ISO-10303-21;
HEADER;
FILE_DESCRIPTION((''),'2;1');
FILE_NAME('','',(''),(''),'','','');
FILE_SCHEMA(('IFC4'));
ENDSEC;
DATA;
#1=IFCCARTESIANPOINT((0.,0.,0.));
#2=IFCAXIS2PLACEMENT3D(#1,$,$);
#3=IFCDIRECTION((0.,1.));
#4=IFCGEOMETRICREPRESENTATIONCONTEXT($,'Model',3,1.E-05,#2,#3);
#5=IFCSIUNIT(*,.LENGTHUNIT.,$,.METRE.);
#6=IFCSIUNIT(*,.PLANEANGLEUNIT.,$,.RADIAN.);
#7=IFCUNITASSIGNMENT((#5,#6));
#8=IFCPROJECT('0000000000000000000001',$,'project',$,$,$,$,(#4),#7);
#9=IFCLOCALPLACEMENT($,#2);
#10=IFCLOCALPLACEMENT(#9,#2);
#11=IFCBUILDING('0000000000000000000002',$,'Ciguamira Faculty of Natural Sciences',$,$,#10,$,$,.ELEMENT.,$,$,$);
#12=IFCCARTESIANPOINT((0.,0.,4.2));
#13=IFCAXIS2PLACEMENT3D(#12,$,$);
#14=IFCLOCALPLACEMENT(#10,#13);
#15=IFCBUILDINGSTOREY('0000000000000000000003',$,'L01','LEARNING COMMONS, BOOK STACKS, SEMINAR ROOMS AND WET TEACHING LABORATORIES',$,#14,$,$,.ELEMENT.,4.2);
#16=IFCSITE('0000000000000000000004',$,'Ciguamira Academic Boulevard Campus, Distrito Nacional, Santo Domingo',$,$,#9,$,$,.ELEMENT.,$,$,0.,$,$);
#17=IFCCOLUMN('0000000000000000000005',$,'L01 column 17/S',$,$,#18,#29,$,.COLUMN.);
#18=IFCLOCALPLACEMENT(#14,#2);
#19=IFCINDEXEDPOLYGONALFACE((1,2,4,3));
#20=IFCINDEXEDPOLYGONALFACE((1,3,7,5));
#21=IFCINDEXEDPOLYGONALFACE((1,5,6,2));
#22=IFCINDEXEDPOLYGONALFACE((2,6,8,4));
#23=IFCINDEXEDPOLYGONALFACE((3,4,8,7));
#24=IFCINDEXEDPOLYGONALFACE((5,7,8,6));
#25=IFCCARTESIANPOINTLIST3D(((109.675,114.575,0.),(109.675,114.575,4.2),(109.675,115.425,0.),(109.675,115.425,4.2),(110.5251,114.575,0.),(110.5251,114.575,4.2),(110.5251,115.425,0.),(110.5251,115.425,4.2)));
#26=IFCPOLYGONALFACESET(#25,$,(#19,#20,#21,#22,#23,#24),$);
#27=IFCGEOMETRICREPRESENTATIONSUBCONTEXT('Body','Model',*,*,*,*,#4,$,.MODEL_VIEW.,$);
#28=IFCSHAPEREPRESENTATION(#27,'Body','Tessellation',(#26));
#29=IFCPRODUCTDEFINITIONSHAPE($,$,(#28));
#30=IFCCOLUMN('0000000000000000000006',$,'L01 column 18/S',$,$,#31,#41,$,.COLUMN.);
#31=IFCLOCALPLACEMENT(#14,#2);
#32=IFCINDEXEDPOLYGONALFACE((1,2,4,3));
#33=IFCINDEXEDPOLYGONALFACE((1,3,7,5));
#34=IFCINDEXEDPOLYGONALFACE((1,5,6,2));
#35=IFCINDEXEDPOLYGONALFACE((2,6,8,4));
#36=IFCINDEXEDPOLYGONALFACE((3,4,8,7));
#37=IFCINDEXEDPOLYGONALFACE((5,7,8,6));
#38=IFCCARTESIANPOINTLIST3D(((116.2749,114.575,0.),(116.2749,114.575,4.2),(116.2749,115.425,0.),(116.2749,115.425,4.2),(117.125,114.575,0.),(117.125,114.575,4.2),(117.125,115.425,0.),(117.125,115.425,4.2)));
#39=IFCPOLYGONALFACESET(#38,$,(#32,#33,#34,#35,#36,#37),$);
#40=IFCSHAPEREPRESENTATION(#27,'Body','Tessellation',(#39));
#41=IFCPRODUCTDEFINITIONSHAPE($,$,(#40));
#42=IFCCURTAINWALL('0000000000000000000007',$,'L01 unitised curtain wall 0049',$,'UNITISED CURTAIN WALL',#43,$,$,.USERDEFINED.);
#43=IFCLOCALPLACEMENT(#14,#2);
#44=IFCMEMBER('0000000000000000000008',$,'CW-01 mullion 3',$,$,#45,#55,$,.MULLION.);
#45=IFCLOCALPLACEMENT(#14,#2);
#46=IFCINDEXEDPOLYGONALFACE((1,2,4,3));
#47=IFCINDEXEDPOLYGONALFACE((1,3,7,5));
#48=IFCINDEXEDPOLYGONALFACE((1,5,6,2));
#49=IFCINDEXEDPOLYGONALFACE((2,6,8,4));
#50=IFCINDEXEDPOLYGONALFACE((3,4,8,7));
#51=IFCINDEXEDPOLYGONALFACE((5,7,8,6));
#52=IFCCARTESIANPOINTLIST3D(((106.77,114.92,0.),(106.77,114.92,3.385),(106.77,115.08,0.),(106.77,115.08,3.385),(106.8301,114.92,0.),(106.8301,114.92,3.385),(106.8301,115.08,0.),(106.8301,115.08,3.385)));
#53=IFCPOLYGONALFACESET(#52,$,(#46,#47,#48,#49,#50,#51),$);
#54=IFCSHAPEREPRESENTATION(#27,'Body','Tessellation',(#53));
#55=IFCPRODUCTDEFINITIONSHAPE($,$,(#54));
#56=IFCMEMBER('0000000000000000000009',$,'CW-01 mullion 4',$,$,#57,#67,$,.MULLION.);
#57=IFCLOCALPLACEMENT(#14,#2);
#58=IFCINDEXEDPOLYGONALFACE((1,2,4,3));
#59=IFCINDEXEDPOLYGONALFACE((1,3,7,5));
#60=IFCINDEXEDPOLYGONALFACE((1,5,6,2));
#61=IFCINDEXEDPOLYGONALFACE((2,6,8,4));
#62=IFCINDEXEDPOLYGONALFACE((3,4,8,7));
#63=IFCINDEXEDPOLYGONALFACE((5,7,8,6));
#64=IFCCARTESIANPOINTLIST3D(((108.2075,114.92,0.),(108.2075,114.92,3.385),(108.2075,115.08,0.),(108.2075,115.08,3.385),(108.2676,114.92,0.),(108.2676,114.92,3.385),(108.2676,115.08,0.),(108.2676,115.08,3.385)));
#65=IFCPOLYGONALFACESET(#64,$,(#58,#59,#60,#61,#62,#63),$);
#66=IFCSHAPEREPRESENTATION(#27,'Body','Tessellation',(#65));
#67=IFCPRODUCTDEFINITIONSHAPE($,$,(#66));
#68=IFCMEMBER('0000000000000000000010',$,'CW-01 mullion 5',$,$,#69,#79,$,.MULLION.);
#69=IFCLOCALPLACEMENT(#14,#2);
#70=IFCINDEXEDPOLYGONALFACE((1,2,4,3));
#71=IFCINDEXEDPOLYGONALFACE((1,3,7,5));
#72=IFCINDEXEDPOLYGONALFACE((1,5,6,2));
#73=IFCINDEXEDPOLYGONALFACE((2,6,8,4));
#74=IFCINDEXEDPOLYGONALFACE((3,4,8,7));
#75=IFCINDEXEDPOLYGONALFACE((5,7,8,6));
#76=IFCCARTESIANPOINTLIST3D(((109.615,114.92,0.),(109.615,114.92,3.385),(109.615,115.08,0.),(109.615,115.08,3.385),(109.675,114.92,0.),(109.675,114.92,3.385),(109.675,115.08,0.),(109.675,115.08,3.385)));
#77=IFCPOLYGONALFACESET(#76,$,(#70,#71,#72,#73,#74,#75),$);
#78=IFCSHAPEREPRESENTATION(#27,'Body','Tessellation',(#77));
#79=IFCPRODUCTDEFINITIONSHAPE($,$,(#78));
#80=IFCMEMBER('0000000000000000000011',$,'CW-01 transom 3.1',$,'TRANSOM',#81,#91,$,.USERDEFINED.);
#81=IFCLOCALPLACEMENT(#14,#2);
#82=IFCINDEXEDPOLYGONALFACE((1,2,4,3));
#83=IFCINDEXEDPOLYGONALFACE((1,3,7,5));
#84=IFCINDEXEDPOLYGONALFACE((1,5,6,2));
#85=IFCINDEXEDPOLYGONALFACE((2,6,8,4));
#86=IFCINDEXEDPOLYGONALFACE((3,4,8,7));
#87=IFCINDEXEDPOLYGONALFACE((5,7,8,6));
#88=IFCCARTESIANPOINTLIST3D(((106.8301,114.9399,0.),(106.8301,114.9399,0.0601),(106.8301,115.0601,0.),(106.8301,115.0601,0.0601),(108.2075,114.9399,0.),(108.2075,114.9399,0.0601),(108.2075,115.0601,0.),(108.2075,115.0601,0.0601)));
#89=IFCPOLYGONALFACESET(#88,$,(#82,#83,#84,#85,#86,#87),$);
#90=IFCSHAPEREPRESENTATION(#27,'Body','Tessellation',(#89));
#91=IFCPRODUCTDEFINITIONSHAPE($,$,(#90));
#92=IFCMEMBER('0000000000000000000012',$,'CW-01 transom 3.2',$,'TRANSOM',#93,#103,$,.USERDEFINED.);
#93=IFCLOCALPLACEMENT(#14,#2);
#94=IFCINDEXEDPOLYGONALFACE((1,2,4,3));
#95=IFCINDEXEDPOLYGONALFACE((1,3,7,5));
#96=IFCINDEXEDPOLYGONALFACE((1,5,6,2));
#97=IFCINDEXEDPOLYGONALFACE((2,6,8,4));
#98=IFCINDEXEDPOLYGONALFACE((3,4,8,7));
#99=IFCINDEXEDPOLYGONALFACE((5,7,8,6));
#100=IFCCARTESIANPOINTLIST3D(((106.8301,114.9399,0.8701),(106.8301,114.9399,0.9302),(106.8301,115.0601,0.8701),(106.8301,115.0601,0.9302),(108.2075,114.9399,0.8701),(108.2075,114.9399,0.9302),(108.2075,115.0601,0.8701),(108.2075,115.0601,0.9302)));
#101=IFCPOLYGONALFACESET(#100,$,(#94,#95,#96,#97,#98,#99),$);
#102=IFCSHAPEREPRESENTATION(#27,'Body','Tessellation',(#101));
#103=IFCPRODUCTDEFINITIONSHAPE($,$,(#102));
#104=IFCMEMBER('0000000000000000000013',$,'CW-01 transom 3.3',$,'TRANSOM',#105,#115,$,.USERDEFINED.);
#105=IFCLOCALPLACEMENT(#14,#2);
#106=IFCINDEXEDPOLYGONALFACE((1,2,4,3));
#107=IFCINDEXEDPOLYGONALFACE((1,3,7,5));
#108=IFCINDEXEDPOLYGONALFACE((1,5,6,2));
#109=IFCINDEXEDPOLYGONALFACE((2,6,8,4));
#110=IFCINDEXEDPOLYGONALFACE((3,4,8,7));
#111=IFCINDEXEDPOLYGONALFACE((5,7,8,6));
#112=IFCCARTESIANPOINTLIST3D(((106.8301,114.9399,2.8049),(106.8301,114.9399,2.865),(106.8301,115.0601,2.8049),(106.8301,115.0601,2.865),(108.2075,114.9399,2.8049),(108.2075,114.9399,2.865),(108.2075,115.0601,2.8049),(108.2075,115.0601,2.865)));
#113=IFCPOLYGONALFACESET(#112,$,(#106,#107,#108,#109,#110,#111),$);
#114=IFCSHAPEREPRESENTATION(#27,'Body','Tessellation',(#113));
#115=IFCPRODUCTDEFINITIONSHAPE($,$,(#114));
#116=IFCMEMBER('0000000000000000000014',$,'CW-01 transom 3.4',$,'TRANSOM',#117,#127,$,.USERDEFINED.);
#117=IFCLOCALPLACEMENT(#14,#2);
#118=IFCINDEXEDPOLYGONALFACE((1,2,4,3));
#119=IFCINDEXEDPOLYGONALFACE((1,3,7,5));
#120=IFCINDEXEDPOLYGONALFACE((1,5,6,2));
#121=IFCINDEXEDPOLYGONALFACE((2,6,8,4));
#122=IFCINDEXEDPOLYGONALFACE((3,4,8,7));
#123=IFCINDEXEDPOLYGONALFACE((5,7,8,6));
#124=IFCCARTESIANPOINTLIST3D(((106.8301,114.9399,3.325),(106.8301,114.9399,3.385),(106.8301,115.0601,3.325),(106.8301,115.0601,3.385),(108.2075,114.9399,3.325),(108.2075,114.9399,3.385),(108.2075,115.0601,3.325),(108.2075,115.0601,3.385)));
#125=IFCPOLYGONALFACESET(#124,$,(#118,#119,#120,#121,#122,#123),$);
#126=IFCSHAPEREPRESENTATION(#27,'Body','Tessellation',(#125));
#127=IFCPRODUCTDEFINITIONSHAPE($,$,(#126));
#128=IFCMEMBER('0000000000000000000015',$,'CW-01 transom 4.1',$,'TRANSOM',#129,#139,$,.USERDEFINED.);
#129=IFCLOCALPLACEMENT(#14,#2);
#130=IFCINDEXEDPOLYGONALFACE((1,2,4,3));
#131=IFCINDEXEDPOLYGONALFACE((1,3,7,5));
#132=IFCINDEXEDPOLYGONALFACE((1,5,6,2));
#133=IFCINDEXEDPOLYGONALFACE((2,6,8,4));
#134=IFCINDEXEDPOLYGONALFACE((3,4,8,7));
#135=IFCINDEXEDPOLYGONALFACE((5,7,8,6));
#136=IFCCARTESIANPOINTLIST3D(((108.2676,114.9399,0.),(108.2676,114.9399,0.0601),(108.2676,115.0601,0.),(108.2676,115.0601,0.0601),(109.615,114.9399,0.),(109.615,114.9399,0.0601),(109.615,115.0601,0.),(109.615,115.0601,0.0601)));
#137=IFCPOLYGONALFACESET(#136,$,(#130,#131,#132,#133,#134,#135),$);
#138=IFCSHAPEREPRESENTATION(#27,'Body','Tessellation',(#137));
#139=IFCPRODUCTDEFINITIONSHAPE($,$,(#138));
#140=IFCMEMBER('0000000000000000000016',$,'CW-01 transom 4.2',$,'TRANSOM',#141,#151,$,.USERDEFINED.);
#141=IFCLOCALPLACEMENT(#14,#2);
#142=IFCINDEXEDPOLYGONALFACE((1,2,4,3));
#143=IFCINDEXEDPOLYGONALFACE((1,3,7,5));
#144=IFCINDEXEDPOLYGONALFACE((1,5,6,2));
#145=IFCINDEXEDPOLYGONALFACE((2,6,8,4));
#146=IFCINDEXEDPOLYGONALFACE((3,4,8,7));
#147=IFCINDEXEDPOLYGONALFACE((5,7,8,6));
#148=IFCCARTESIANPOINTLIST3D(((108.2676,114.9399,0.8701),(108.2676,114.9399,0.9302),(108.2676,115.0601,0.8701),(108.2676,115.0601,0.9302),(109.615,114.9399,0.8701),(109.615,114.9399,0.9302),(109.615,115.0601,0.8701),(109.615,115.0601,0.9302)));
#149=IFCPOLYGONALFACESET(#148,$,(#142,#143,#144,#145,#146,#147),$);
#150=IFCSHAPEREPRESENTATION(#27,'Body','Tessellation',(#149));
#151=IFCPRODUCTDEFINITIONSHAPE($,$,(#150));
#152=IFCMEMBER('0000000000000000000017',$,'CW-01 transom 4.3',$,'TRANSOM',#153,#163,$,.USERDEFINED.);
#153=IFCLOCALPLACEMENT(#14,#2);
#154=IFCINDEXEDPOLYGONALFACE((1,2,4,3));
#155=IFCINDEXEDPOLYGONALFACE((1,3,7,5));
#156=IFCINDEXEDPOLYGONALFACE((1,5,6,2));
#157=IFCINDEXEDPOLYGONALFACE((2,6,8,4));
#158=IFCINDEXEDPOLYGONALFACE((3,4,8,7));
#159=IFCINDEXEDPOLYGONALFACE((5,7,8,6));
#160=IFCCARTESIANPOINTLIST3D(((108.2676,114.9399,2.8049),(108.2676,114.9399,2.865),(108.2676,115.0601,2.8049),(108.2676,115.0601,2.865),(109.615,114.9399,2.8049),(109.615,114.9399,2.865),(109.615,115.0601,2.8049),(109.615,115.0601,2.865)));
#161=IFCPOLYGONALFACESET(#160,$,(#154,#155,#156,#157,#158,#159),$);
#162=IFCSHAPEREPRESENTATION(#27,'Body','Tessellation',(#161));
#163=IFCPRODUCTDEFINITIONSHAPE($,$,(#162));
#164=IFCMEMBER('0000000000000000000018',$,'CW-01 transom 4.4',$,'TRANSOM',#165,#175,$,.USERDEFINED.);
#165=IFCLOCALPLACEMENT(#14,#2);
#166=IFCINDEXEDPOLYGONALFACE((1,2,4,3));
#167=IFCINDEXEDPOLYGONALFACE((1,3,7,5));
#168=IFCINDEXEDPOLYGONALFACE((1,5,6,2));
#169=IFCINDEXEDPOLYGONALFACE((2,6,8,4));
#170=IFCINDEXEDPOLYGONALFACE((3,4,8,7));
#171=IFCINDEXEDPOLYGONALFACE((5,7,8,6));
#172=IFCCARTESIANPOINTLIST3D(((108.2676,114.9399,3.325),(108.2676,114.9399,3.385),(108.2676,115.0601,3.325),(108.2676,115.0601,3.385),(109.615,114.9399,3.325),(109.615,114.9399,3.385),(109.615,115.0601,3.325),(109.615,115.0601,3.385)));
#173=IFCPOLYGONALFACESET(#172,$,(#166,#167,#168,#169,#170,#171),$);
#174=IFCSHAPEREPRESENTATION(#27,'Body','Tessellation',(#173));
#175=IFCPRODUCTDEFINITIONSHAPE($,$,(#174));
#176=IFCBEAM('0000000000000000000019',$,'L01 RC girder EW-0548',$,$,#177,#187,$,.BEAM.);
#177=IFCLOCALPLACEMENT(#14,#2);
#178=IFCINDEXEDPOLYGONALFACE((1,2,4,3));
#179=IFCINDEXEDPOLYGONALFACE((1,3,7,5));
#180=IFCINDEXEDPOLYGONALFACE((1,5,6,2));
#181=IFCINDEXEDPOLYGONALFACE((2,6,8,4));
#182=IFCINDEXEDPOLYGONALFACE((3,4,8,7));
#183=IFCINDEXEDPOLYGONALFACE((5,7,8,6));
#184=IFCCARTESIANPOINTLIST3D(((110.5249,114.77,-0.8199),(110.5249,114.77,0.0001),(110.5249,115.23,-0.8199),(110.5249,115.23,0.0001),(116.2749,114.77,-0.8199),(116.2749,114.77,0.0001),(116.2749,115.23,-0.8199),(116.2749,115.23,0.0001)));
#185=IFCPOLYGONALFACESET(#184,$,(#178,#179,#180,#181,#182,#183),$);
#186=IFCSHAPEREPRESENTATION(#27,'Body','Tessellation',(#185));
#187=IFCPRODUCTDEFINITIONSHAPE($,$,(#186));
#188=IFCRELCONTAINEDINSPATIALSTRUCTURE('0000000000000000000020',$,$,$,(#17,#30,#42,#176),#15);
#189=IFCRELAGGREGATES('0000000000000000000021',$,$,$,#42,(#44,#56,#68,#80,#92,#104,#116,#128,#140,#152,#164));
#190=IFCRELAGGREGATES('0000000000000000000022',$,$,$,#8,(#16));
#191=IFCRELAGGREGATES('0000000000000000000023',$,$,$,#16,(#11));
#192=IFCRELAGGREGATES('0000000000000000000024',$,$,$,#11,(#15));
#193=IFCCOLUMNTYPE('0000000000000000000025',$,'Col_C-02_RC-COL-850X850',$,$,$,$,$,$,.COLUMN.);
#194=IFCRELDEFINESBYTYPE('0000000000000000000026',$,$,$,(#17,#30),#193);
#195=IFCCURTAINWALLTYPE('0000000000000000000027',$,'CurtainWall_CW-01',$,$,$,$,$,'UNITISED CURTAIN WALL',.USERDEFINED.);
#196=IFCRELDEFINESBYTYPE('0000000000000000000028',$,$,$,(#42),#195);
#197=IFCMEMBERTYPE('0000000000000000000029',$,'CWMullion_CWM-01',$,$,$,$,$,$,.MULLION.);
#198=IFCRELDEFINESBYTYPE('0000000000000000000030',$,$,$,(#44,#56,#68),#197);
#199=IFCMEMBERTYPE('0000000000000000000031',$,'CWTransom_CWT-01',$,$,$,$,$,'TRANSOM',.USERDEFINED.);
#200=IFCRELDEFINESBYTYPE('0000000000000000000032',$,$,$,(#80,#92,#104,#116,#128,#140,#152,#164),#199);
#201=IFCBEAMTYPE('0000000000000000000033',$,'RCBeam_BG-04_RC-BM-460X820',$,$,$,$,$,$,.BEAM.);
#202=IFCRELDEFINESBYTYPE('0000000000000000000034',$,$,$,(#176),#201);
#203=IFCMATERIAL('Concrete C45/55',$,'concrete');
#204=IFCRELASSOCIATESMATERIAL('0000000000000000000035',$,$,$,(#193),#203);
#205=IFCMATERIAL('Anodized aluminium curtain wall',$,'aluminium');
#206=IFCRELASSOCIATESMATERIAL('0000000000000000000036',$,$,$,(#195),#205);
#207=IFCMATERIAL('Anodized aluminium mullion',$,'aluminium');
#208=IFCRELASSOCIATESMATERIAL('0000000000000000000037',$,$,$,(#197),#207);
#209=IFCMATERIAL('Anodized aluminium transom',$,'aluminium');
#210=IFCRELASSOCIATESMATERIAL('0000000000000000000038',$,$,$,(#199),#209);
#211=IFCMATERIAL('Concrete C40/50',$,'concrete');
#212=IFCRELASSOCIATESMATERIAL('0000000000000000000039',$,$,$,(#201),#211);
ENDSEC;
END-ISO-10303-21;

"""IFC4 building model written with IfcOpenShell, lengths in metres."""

from ifc_helpers import new_model, si_unit, direction, frame, origin, origin_2d, place, context, subcontext, project, spatial, rectangle, extrude, material, material_profile, profile_set, type_object, element, aggregate, save


model = new_model("IFC4")

# Units and contexts
model_context = context("Model", 3, precision=1e-05, world=origin(), true_north=direction((0.0, 1.0)))
body_context = subcontext(model_context, "Body", "Model", "MODEL_VIEW")
ifc_project = project(units=[si_unit("LENGTHUNIT", "METRE"), si_unit("PLANEANGLEUNIT", "RADIAN")], contexts=[model_context])

# Site, building, storey
site_placement = place(None, origin())
site = spatial("IfcSite", under=ifc_project, at=site_placement, Name="Ciguamira Academic Boulevard Campus, Distrito Nacional, Santo Domingo", CompositionType="ELEMENT", RefElevation=0.0)
building_placement = place(site_placement, origin())
building = spatial("IfcBuilding", under=site, at=building_placement, Name="Ciguamira Faculty of Natural Sciences", CompositionType="ELEMENT")
storey_placement = place(building_placement, frame((0.0, 0.0, 4.2)))
storey = spatial("IfcBuildingStorey", under=building, at=storey_placement, Name="L01", Description="LEARNING COMMONS, BOOK STACKS, SEMINAR ROOMS AND WET TEACHING LABORATORIES", CompositionType="ELEMENT", Elevation=4.2)

# Columns
ifc_material_1 = material(Name="Concrete C45/55", Category="concrete")
ifc_material_profile_1 = material_profile(ifc_material_1, rectangle(XDim=0.8501, YDim=0.8501, at=origin_2d()), Name="RC-COL-850X850")
ifc_profile_set_1 = profile_set([ifc_material_profile_1], Name="Concrete C45/55")
column_type = type_object("IfcColumnType", Name="Col_C-02_RC-COL-850X850", PredefinedType="COLUMN", material=ifc_profile_set_1)
for number, where, z_axis, x_axis, name in (
    (1, (110.1001, 115.0, 0.0), (0.0, 0.0, 1.0), (1.0, 0.0, 0.0), "L01 column 17/S"),
    (2, (116.7, 115.0, 0.0), (0.0, 0.0, 1.0), (1.0, 0.0, 0.0), "L01 column 18/S"),
):
    element("IfcColumn", number, at=place(storey_placement, frame(where, z_axis=z_axis, x_axis=x_axis)), inside=storey, type_object=column_type, Name=name, PredefinedType="COLUMN", context=body_context, shape_type="SweptSolid", body=[
        extrude(rectangle(XDim=0.8501, YDim=0.8501, at=origin_2d()), origin(), (0.0, 0.0, 1.0), 4.2),
    ])

# Curtain wall, members
ifc_material_2 = material(Name="Anodized aluminium curtain wall", Category="aluminium")
curtain_wall_type = type_object("IfcCurtainWallType", Name="CurtainWall_CW-01", ElementType="UNITISED CURTAIN WALL", PredefinedType="USERDEFINED", material=ifc_material_2)
curtain_wall_placement = place(storey_placement, origin())
curtain_wall = element("IfcCurtainWall", 3, at=curtain_wall_placement, inside=storey, type_object=curtain_wall_type, Name="L01 unitised curtain wall 0049", ObjectType="UNITISED CURTAIN WALL", PredefinedType="USERDEFINED")
ifc_material_3 = material(Name="Anodized aluminium mullion", Category="aluminium")
ifc_material_profile_2 = material_profile(ifc_material_3, rectangle(XDim=0.0601, YDim=0.1599, at=origin_2d()), Name="ALU-MUL-60X160")
ifc_profile_set_2 = profile_set([ifc_material_profile_2], Name="Anodized aluminium mullion")
member_type_1 = type_object("IfcMemberType", Name="CWMullion_CWM-01", PredefinedType="MULLION", material=ifc_profile_set_2)
member_1_placement = place(storey_placement, frame((106.8, 115.0, 0.0), z_axis=(0.0, 0.0, 1.0), x_axis=(1.0, 0.0, 0.0)))
member_1 = element("IfcMember", 4, at=member_1_placement, type_object=member_type_1, Name="CW-01 mullion 3", PredefinedType="MULLION", context=body_context, shape_type="SweptSolid", body=[
    extrude(rectangle(XDim=0.0601, YDim=0.1599, at=origin_2d()), origin(), (0.0, 0.0, 1.0), 3.385),
])
member_2_placement = place(storey_placement, frame((108.2375, 115.0, 0.0), z_axis=(0.0, 0.0, 1.0), x_axis=(1.0, 0.0, 0.0)))
member_2 = element("IfcMember", 5, at=member_2_placement, type_object=member_type_1, Name="CW-01 mullion 4", PredefinedType="MULLION", context=body_context, shape_type="SweptSolid", body=[
    extrude(rectangle(XDim=0.0601, YDim=0.1599, at=origin_2d()), origin(), (0.0, 0.0, 1.0), 3.385),
])
member_3_placement = place(storey_placement, frame((109.645, 115.0, 0.0), z_axis=(0.0, 0.0, 1.0), x_axis=(1.0, 0.0, 0.0)))
member_3 = element("IfcMember", 6, at=member_3_placement, type_object=member_type_1, Name="CW-01 mullion 5", PredefinedType="MULLION", context=body_context, shape_type="SweptSolid", body=[
    extrude(rectangle(XDim=0.0601, YDim=0.1599, at=origin_2d()), origin(), (0.0, 0.0, 1.0), 3.385),
])
ifc_material_4 = material(Name="Anodized aluminium transom", Category="aluminium")
ifc_material_profile_3 = material_profile(ifc_material_4, rectangle(XDim=0.0601, YDim=0.1201, at=origin_2d()), Name="ALU-TRN-60X120")
ifc_profile_set_3 = profile_set([ifc_material_profile_3], Name="Anodized aluminium transom")
member_type_2 = type_object("IfcMemberType", Name="CWTransom_CWT-01", ElementType="TRANSOM", PredefinedType="USERDEFINED", material=ifc_profile_set_3)
member_4_placement = place(storey_placement, frame((106.8301, 115.0, 0.03), z_axis=(1.0, 0.0, 0.0), x_axis=(0.0, 0.0, 1.0)))
member_4 = element("IfcMember", 7, at=member_4_placement, type_object=member_type_2, Name="CW-01 transom 3.1", ObjectType="TRANSOM", PredefinedType="USERDEFINED", context=body_context, shape_type="SweptSolid", body=[
    extrude(rectangle(XDim=0.0601, YDim=0.1201, at=origin_2d()), origin(), (0.0, 0.0, 1.0), 1.3774),
])
member_5_placement = place(storey_placement, frame((106.8301, 115.0, 0.9001), z_axis=(1.0, 0.0, 0.0), x_axis=(0.0, 0.0, 1.0)))
member_5 = element("IfcMember", 8, at=member_5_placement, type_object=member_type_2, Name="CW-01 transom 3.2", ObjectType="TRANSOM", PredefinedType="USERDEFINED", context=body_context, shape_type="SweptSolid", body=[
    extrude(rectangle(XDim=0.0601, YDim=0.1201, at=origin_2d()), origin(), (0.0, 0.0, 1.0), 1.3774),
])
member_6_placement = place(storey_placement, frame((106.8301, 115.0, 2.835), z_axis=(1.0, 0.0, 0.0), x_axis=(0.0, 0.0, 1.0)))
member_6 = element("IfcMember", 9, at=member_6_placement, type_object=member_type_2, Name="CW-01 transom 3.3", ObjectType="TRANSOM", PredefinedType="USERDEFINED", context=body_context, shape_type="SweptSolid", body=[
    extrude(rectangle(XDim=0.0601, YDim=0.1201, at=origin_2d()), origin(), (0.0, 0.0, 1.0), 1.3774),
])
member_7_placement = place(storey_placement, frame((106.8301, 115.0, 3.355), z_axis=(1.0, 0.0, 0.0), x_axis=(0.0, 0.0, 1.0)))
member_7 = element("IfcMember", 10, at=member_7_placement, type_object=member_type_2, Name="CW-01 transom 3.4", ObjectType="TRANSOM", PredefinedType="USERDEFINED", context=body_context, shape_type="SweptSolid", body=[
    extrude(rectangle(XDim=0.0601, YDim=0.1201, at=origin_2d()), origin(), (0.0, 0.0, 1.0), 1.3774),
])
member_8_placement = place(storey_placement, frame((108.2676, 115.0, 0.03), z_axis=(1.0, 0.0, 0.0), x_axis=(0.0, 0.0, 1.0)))
member_8 = element("IfcMember", 11, at=member_8_placement, type_object=member_type_2, Name="CW-01 transom 4.1", ObjectType="TRANSOM", PredefinedType="USERDEFINED", context=body_context, shape_type="SweptSolid", body=[
    extrude(rectangle(XDim=0.0601, YDim=0.1201, at=origin_2d()), origin(), (0.0, 0.0, 1.0), 1.3474),
])
member_9_placement = place(storey_placement, frame((108.2676, 115.0, 0.9001), z_axis=(1.0, 0.0, 0.0), x_axis=(0.0, 0.0, 1.0)))
member_9 = element("IfcMember", 12, at=member_9_placement, type_object=member_type_2, Name="CW-01 transom 4.2", ObjectType="TRANSOM", PredefinedType="USERDEFINED", context=body_context, shape_type="SweptSolid", body=[
    extrude(rectangle(XDim=0.0601, YDim=0.1201, at=origin_2d()), origin(), (0.0, 0.0, 1.0), 1.3474),
])
member_10_placement = place(storey_placement, frame((108.2676, 115.0, 2.835), z_axis=(1.0, 0.0, 0.0), x_axis=(0.0, 0.0, 1.0)))
member_10 = element("IfcMember", 13, at=member_10_placement, type_object=member_type_2, Name="CW-01 transom 4.3", ObjectType="TRANSOM", PredefinedType="USERDEFINED", context=body_context, shape_type="SweptSolid", body=[
    extrude(rectangle(XDim=0.0601, YDim=0.1201, at=origin_2d()), origin(), (0.0, 0.0, 1.0), 1.3474),
])
member_11_placement = place(storey_placement, frame((108.2676, 115.0, 3.355), z_axis=(1.0, 0.0, 0.0), x_axis=(0.0, 0.0, 1.0)))
member_11 = element("IfcMember", 14, at=member_11_placement, type_object=member_type_2, Name="CW-01 transom 4.4", ObjectType="TRANSOM", PredefinedType="USERDEFINED", context=body_context, shape_type="SweptSolid", body=[
    extrude(rectangle(XDim=0.0601, YDim=0.1201, at=origin_2d()), origin(), (0.0, 0.0, 1.0), 1.3474),
])

# Beam
ifc_material_5 = material(Name="Concrete C40/50", Category="concrete")
ifc_material_profile_4 = material_profile(ifc_material_5, rectangle(XDim=0.46, YDim=0.8201, at=origin_2d()), Name="RC-BM-460X820")
ifc_profile_set_4 = profile_set([ifc_material_profile_4], Name="Concrete C40/50")
beam_type = type_object("IfcBeamType", Name="RCBeam_BG-04_RC-BM-460X820", PredefinedType="BEAM", material=ifc_profile_set_4)
beam_placement = place(storey_placement, frame((110.5249, 115.0, -0.4099), z_axis=(1.0, 0.0, 0.0), x_axis=(0.0, 1.0, 0.0)))
element("IfcBeam", 15, at=beam_placement, inside=storey, type_object=beam_type, Name="L01 RC girder EW-0548", PredefinedType="BEAM", context=body_context, shape_type="SweptSolid", body=[
    extrude(rectangle(XDim=0.46, YDim=0.8201, at=origin_2d()), origin(), (0.0, 0.0, 1.0), 5.75),
])

aggregate(curtain_wall, [member_1, member_2, member_3, member_4, member_5, member_6, member_7, member_8, member_9, member_10, member_11])

save(model, "model.ifc")
